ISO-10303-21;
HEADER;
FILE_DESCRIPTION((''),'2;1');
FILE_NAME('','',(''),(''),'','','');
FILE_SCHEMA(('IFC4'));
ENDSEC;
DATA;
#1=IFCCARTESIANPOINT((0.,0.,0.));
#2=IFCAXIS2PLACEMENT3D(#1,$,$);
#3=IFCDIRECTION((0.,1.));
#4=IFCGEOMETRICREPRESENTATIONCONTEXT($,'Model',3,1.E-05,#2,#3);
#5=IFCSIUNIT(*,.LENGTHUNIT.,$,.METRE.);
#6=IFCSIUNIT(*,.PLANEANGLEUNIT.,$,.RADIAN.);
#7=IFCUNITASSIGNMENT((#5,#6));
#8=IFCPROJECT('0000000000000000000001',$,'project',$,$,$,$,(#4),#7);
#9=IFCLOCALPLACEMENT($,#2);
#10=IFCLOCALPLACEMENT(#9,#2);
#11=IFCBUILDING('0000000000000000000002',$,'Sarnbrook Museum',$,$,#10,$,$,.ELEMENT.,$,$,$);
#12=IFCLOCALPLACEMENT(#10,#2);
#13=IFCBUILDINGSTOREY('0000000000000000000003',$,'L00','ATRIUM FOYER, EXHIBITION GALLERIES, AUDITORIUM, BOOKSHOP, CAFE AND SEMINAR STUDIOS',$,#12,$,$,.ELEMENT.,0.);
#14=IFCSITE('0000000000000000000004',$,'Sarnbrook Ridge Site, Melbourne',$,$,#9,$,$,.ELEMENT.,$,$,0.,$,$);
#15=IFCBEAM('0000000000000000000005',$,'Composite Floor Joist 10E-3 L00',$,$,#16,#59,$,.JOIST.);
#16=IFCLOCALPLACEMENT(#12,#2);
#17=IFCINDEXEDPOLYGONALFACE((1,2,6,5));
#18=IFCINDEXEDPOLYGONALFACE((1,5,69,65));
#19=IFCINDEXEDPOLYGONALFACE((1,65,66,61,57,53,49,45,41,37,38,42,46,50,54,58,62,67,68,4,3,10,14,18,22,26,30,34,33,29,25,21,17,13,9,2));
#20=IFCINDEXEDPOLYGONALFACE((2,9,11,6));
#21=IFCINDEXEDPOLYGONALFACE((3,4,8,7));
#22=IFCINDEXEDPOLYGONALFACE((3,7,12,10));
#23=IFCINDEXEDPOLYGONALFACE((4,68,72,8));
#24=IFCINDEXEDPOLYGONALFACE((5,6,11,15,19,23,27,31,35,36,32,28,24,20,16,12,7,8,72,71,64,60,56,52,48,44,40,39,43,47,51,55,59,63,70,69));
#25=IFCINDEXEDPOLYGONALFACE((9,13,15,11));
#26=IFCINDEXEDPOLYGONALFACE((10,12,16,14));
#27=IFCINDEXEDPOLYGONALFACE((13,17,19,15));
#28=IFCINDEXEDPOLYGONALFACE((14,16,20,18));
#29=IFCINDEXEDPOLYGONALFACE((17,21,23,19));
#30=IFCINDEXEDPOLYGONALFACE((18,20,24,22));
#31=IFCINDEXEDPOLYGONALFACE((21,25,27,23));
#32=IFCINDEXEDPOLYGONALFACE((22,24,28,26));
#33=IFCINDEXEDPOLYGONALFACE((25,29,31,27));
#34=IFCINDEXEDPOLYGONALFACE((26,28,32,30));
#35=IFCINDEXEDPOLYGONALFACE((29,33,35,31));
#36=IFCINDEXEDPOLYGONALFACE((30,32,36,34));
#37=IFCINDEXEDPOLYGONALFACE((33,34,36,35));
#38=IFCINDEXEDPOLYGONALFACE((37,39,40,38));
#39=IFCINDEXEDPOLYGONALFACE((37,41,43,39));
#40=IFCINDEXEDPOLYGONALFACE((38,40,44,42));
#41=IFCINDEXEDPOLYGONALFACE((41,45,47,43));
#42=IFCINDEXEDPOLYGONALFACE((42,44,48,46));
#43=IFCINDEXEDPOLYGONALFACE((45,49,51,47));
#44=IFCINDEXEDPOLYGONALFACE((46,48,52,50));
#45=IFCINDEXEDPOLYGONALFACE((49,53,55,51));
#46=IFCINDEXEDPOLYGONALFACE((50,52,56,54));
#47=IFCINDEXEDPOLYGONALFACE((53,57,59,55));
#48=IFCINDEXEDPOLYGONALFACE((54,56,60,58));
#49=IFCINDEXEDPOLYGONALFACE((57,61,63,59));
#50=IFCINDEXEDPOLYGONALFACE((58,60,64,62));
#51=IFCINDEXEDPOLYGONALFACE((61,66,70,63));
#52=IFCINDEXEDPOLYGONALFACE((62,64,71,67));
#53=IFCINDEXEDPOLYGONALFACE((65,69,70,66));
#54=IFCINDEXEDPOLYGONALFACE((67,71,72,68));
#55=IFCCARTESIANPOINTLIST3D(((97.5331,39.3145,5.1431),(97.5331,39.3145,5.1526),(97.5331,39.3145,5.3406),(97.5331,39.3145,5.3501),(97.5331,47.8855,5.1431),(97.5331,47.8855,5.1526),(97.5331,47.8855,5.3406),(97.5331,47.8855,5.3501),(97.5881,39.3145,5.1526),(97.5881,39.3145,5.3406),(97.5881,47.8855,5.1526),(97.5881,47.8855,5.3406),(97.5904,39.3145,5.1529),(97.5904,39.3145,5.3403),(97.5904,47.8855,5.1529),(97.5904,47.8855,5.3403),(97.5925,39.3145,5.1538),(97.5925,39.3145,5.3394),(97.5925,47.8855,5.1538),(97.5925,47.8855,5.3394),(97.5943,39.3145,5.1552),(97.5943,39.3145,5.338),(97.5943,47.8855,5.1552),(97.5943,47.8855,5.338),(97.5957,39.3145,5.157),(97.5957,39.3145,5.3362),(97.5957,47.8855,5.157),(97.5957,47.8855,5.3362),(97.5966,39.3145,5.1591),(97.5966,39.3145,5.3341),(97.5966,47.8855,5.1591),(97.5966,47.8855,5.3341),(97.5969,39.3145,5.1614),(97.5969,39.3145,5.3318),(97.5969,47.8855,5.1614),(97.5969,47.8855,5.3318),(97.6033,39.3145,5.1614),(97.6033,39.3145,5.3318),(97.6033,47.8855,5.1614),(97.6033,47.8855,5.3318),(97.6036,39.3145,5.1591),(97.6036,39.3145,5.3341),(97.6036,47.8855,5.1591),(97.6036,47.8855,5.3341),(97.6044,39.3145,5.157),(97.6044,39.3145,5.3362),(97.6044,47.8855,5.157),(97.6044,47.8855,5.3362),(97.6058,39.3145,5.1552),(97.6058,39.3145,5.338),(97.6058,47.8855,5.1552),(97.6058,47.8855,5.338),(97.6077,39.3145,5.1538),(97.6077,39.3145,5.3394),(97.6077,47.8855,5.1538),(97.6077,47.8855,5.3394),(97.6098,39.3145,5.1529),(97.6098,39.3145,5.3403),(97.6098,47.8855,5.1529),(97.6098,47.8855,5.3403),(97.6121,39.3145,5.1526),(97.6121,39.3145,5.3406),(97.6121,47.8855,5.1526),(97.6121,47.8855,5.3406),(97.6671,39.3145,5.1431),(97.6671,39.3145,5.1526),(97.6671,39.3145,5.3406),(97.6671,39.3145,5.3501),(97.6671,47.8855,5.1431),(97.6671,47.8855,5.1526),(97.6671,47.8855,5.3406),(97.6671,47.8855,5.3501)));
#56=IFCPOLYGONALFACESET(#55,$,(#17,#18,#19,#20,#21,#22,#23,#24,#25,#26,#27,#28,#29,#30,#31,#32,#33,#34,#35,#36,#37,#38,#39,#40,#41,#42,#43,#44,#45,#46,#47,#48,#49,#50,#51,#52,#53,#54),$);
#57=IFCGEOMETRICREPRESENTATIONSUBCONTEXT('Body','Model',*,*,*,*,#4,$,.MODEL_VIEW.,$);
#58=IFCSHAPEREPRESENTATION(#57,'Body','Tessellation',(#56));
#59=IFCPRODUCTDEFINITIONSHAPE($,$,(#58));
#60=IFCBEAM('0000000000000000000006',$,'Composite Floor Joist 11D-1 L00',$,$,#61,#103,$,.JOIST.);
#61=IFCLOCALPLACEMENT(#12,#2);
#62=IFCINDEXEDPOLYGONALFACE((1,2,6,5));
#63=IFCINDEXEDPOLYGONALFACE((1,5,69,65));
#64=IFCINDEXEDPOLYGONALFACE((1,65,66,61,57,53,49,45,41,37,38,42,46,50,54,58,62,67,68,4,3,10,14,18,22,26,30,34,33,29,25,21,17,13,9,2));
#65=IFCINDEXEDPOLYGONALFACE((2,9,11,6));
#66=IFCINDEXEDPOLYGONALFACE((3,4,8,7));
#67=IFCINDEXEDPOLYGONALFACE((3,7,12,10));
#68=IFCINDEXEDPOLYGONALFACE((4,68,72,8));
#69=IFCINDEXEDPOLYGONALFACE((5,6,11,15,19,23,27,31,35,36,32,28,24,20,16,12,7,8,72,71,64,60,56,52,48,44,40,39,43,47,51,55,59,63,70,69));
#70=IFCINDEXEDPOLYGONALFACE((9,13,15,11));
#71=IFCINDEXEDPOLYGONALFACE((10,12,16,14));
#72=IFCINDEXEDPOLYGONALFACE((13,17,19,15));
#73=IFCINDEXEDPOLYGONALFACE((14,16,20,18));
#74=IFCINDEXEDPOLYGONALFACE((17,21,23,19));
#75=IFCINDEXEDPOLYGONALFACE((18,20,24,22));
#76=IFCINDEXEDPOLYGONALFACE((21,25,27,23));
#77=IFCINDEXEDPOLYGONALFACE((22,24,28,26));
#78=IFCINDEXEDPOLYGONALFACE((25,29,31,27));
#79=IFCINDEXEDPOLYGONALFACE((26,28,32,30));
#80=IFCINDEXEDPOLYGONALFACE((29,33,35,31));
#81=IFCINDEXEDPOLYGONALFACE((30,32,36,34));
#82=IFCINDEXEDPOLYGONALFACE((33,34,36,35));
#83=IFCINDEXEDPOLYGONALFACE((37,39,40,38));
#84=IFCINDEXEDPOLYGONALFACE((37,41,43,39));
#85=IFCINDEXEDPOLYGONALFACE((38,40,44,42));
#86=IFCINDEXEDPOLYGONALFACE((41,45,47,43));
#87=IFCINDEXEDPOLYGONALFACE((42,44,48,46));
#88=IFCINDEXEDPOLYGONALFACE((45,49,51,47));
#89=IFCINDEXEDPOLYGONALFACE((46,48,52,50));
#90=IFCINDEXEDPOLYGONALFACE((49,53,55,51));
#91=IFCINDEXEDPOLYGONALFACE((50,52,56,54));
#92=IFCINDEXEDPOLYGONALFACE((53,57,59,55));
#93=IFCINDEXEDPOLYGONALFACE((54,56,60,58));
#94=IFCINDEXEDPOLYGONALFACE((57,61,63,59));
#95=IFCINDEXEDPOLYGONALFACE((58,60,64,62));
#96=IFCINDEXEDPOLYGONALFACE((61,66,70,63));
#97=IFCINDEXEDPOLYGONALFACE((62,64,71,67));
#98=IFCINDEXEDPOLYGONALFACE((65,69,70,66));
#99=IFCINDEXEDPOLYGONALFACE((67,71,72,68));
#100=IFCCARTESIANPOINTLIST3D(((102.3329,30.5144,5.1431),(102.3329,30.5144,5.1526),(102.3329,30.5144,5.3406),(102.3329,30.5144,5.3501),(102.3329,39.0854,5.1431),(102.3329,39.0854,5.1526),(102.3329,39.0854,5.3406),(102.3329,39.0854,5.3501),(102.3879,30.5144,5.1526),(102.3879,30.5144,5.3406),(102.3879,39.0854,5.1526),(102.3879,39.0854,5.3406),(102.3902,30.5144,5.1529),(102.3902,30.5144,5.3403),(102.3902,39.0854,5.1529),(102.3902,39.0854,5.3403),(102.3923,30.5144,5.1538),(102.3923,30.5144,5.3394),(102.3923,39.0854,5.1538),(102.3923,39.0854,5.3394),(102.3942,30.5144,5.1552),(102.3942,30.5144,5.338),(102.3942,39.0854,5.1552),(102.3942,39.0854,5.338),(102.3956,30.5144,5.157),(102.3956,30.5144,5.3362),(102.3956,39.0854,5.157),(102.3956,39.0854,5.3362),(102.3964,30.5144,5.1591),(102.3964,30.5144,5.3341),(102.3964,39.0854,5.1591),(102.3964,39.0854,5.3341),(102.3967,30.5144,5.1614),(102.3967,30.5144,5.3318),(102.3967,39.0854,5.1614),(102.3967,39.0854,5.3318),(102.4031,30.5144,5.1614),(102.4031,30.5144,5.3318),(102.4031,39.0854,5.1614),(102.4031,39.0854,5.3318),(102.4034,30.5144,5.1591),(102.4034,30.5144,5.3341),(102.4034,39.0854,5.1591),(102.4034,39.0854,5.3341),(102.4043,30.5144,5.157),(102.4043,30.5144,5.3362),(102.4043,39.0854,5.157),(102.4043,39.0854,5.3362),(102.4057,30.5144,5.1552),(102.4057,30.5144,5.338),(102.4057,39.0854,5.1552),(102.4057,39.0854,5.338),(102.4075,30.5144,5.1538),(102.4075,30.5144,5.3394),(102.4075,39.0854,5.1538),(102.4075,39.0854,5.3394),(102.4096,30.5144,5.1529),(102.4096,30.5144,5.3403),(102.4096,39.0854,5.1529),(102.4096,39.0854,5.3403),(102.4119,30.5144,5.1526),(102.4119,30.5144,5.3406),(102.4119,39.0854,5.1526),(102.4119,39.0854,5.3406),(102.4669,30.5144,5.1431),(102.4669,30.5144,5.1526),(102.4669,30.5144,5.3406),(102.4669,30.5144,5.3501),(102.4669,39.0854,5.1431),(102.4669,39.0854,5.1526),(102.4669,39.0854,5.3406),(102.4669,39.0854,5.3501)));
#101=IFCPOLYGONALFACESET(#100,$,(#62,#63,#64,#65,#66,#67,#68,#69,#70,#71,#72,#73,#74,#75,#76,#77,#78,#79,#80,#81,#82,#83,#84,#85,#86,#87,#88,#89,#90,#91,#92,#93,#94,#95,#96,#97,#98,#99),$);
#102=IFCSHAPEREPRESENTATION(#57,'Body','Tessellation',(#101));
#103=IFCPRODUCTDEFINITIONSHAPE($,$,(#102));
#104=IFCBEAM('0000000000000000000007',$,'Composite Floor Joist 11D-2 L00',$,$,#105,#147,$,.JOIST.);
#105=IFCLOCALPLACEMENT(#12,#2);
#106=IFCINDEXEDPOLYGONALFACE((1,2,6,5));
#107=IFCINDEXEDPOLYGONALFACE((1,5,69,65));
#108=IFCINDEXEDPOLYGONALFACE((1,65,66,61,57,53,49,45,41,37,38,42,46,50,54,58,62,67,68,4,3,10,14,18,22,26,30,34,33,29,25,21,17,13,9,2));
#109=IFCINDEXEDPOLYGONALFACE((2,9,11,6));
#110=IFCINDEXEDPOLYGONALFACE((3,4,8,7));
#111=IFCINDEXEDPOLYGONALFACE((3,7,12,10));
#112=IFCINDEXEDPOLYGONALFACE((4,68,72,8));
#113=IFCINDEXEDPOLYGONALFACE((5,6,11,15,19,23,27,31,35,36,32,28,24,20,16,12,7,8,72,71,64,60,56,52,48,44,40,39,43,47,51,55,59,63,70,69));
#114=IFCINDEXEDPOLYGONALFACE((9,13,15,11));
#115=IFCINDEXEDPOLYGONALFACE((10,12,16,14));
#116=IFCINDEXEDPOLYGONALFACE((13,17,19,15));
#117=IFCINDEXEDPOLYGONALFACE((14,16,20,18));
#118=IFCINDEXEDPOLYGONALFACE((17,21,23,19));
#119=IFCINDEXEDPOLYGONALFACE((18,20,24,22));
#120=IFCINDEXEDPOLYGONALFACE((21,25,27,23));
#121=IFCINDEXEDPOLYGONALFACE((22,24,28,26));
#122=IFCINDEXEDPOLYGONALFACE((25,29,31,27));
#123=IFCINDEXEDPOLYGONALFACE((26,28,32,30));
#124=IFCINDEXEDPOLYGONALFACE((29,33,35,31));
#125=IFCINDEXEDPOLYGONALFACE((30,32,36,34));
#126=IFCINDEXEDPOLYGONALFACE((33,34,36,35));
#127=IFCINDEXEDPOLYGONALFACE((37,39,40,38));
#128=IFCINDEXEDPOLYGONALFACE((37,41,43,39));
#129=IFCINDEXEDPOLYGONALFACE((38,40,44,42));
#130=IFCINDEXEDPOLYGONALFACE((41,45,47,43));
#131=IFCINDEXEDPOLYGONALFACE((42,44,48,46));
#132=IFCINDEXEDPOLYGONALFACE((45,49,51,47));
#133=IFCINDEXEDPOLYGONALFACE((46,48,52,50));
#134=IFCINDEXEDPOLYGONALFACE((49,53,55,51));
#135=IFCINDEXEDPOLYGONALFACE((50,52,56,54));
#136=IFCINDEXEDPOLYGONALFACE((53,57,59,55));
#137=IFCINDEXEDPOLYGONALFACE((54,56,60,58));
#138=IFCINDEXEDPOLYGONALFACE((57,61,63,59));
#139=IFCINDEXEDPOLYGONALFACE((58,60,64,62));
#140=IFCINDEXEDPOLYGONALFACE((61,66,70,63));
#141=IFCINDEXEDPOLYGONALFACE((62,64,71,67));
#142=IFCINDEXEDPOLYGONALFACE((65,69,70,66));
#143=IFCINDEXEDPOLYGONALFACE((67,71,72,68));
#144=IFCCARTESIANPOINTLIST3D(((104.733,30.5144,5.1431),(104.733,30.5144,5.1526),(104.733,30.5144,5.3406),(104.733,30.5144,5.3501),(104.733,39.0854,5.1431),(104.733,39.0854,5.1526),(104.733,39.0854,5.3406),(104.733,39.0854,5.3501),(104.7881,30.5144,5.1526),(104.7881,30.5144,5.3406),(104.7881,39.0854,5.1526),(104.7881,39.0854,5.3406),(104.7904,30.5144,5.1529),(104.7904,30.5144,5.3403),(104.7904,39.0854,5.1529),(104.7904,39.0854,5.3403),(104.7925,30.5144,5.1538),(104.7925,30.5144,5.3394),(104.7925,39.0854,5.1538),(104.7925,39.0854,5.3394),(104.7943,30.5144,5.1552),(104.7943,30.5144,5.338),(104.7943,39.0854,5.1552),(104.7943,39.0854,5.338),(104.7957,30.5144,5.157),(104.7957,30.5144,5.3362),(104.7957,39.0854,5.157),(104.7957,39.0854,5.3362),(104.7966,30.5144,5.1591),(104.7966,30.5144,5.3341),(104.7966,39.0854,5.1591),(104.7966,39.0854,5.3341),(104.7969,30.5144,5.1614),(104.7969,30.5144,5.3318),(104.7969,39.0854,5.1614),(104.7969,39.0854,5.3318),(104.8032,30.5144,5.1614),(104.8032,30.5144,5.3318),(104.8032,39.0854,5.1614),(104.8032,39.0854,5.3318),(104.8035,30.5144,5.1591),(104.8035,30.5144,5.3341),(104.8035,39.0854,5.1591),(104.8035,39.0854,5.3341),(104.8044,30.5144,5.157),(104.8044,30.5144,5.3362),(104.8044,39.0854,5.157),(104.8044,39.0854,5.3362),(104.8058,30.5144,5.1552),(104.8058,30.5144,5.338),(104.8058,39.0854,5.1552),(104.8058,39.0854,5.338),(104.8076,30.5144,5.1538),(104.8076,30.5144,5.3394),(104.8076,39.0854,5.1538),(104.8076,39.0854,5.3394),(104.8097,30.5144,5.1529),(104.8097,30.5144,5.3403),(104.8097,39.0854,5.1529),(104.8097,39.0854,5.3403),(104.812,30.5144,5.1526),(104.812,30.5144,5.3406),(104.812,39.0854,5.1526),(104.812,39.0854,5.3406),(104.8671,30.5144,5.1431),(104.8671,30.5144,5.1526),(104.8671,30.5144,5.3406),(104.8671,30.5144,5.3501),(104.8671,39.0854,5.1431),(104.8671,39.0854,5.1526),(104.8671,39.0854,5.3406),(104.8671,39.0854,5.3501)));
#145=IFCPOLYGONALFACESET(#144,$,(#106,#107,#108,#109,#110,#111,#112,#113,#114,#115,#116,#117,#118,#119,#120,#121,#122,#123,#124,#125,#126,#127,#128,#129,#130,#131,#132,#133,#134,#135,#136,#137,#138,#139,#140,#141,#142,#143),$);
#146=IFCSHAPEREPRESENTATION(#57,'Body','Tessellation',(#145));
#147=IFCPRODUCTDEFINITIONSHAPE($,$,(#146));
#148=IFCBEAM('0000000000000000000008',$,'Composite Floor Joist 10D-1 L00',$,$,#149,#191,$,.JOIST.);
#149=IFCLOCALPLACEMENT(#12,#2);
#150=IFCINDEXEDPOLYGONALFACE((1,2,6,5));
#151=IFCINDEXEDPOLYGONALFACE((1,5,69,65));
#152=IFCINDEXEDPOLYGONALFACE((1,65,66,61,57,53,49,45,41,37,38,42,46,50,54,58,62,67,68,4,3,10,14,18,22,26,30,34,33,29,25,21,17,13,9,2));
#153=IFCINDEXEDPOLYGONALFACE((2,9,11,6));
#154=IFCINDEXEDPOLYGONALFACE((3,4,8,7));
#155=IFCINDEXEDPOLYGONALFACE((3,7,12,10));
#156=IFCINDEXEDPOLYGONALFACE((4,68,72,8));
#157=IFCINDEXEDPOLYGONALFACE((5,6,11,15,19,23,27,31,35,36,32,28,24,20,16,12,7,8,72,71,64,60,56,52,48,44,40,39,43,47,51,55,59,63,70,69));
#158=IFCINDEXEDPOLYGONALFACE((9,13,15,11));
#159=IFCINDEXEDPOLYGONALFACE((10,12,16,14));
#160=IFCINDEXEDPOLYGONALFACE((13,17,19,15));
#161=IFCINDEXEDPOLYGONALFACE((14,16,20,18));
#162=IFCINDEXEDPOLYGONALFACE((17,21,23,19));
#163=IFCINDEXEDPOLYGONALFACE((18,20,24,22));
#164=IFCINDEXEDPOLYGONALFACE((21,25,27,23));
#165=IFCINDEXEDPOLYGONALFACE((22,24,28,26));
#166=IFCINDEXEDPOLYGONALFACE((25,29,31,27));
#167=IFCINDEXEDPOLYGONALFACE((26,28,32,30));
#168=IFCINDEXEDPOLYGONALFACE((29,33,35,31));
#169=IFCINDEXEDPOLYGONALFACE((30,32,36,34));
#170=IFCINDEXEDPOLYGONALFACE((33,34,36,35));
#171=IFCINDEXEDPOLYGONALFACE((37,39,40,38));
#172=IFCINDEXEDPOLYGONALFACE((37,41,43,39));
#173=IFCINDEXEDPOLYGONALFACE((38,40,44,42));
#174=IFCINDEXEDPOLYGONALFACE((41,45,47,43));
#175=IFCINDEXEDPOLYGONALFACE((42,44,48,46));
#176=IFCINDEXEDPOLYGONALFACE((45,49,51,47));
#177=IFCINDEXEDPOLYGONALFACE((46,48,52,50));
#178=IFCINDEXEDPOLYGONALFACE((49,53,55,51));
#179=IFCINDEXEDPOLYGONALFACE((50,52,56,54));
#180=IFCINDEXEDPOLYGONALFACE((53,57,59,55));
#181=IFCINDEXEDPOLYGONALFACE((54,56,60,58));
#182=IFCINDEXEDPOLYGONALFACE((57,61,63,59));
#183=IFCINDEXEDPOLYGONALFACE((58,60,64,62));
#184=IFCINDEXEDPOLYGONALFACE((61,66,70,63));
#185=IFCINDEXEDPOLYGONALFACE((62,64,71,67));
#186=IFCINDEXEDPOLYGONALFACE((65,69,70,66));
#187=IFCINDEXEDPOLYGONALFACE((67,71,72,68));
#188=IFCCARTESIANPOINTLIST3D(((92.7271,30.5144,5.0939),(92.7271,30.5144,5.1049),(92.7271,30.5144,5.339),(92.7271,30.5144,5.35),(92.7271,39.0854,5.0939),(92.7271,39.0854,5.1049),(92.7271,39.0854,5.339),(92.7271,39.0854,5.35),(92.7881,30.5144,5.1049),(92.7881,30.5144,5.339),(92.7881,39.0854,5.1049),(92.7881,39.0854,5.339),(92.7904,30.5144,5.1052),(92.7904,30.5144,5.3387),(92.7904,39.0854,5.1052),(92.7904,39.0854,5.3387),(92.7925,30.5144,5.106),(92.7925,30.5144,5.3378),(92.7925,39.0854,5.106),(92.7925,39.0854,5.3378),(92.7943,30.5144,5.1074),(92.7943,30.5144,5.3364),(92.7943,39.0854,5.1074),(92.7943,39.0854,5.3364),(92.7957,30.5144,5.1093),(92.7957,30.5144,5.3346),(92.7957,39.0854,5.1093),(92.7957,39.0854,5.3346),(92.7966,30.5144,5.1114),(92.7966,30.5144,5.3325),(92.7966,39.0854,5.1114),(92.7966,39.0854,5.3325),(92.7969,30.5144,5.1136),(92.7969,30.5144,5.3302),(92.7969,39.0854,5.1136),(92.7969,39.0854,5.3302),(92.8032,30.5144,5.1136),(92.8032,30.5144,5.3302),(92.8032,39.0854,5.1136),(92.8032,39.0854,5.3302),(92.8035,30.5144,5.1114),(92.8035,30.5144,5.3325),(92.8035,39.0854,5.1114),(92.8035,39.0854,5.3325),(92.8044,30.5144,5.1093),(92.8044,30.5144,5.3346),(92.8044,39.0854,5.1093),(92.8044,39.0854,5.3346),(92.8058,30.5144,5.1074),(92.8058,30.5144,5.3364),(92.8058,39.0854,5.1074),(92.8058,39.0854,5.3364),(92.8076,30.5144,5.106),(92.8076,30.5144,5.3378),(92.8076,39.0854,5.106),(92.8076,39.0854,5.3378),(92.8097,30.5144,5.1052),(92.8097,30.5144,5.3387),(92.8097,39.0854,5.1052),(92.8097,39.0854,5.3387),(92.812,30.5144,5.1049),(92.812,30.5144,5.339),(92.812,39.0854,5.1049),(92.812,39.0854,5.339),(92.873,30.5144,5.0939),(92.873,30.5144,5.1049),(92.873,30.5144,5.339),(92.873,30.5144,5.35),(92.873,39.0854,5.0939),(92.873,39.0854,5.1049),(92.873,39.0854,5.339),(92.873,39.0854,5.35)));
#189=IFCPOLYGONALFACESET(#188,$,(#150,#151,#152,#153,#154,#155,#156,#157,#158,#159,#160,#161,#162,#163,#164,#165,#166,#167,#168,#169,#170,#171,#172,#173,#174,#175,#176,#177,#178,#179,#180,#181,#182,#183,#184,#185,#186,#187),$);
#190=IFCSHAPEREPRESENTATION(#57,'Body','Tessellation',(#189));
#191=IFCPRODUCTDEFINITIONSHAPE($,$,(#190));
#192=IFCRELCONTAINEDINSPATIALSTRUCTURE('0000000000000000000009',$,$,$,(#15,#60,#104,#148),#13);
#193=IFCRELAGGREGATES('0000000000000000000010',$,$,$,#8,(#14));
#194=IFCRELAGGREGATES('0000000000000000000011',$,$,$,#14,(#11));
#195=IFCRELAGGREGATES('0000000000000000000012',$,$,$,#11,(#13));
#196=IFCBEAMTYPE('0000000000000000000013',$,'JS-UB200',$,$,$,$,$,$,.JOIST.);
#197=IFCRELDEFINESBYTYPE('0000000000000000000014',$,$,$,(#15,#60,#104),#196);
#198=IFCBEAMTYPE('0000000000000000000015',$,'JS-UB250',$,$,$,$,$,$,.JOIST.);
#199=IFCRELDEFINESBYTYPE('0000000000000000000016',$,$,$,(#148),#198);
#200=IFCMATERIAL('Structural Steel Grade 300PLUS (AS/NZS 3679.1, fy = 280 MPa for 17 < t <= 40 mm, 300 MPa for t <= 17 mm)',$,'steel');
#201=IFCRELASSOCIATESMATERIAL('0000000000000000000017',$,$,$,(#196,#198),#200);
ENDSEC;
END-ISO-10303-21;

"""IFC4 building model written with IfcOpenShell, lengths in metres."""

from ifc_helpers import new_model, si_unit, direction, frame, origin, origin_2d, place, context, subcontext, project, spatial, i_section, extrude, material, material_profile, profile_set, type_object, element, save


model = new_model("IFC4")

# Units and contexts
model_context = context("Model", 3, precision=1e-05, world=origin(), true_north=direction((0.0, 1.0)))
body_context = subcontext(model_context, "Body", "Model", "MODEL_VIEW")
ifc_project = project(units=[si_unit("LENGTHUNIT", "METRE"), si_unit("PLANEANGLEUNIT", "RADIAN")], contexts=[model_context])

# Site, building, storey
site_placement = place(None, origin())
site = spatial("IfcSite", under=ifc_project, at=site_placement, Name="Sarnbrook Ridge Site, Melbourne", CompositionType="ELEMENT", RefElevation=0.0)
building_placement = place(site_placement, origin())
building = spatial("IfcBuilding", under=site, at=building_placement, Name="Sarnbrook Museum", CompositionType="ELEMENT")
storey_placement = place(building_placement, origin())
storey = spatial("IfcBuildingStorey", under=building, at=storey_placement, Name="L00", Description="ATRIUM FOYER, EXHIBITION GALLERIES, AUDITORIUM, BOOKSHOP, CAFE AND SEMINAR STUDIOS", CompositionType="ELEMENT", Elevation=0.0)

# Shared definitions
ifc_material_1 = material(Name="Structural Steel Grade 300PLUS (AS/NZS 3679.1, fy = 280 MPa for 17 < t <= 40 mm, 300 MPa for t <= 17 mm)", Category="steel")

# Beams
ifc_material_profile_1 = material_profile(ifc_material_1, i_section(OverallWidth=0.134, OverallDepth=0.207, WebThickness=0.0063, FlangeThickness=0.0095, FilletRadius=0.0088, at=origin_2d()), Name="200UB29.8")
ifc_profile_set_1 = profile_set([ifc_material_profile_1], Name="Structural Steel Grade 300PLUS (AS/NZS 3679.1, fy = 280 MPa for 17 < t <= 40 mm, 300 MPa for t <= 17 mm)")
beam_type_1 = type_object("IfcBeamType", Name="JS-UB200", PredefinedType="JOIST", material=ifc_profile_set_1)
for number, where, z_axis, x_axis, name in (
    (1, (97.6001, 39.3145, 5.2466), (0.0, 1.0, 0.0), (-1.0, 0.0, 0.0), "Composite Floor Joist 10E-3 L00"),
    (2, (102.3999, 30.5144, 5.2466), (0.0, 1.0, 0.0), (-1.0, 0.0, 0.0), "Composite Floor Joist 11D-1 L00"),
    (3, (104.8, 30.5144, 5.2466), (0.0, 1.0, 0.0), (-1.0, 0.0, 0.0), "Composite Floor Joist 11D-2 L00"),
):
    element("IfcBeam", number, at=place(storey_placement, frame(where, z_axis=z_axis, x_axis=x_axis)), inside=storey, type_object=beam_type_1, Name=name, PredefinedType="JOIST", context=body_context, shape_type="SweptSolid", body=[
        extrude(i_section(OverallWidth=0.134, OverallDepth=0.207, WebThickness=0.0063, FlangeThickness=0.0095, FilletRadius=0.0088, at=origin_2d()), origin(), (0.0, 0.0, 1.0), 8.571),
    ])
ifc_material_profile_2 = material_profile(ifc_material_1, i_section(OverallWidth=0.146, OverallDepth=0.2561, WebThickness=0.0063, FlangeThickness=0.011, FilletRadius=0.0088, at=origin_2d()), Name="250UB37.3")
ifc_profile_set_2 = profile_set([ifc_material_profile_2], Name="Structural Steel Grade 300PLUS (AS/NZS 3679.1, fy = 280 MPa for 17 < t <= 40 mm, 300 MPa for t <= 17 mm)")
beam_type_2 = type_object("IfcBeamType", Name="JS-UB250", PredefinedType="JOIST", material=ifc_profile_set_2)
for number, where, z_axis, x_axis, name in (
    (4, (92.8, 30.5144, 5.2219), (0.0, 1.0, 0.0), (-1.0, 0.0, 0.0), "Composite Floor Joist 10D-1 L00"),
):
    element("IfcBeam", number, at=place(storey_placement, frame(where, z_axis=z_axis, x_axis=x_axis)), inside=storey, type_object=beam_type_2, Name=name, PredefinedType="JOIST", context=body_context, shape_type="SweptSolid", body=[
        extrude(i_section(OverallWidth=0.146, OverallDepth=0.2561, WebThickness=0.0063, FlangeThickness=0.011, FilletRadius=0.0088, at=origin_2d()), origin(), (0.0, 0.0, 1.0), 8.571),
    ])

save(model, "model.ifc")
